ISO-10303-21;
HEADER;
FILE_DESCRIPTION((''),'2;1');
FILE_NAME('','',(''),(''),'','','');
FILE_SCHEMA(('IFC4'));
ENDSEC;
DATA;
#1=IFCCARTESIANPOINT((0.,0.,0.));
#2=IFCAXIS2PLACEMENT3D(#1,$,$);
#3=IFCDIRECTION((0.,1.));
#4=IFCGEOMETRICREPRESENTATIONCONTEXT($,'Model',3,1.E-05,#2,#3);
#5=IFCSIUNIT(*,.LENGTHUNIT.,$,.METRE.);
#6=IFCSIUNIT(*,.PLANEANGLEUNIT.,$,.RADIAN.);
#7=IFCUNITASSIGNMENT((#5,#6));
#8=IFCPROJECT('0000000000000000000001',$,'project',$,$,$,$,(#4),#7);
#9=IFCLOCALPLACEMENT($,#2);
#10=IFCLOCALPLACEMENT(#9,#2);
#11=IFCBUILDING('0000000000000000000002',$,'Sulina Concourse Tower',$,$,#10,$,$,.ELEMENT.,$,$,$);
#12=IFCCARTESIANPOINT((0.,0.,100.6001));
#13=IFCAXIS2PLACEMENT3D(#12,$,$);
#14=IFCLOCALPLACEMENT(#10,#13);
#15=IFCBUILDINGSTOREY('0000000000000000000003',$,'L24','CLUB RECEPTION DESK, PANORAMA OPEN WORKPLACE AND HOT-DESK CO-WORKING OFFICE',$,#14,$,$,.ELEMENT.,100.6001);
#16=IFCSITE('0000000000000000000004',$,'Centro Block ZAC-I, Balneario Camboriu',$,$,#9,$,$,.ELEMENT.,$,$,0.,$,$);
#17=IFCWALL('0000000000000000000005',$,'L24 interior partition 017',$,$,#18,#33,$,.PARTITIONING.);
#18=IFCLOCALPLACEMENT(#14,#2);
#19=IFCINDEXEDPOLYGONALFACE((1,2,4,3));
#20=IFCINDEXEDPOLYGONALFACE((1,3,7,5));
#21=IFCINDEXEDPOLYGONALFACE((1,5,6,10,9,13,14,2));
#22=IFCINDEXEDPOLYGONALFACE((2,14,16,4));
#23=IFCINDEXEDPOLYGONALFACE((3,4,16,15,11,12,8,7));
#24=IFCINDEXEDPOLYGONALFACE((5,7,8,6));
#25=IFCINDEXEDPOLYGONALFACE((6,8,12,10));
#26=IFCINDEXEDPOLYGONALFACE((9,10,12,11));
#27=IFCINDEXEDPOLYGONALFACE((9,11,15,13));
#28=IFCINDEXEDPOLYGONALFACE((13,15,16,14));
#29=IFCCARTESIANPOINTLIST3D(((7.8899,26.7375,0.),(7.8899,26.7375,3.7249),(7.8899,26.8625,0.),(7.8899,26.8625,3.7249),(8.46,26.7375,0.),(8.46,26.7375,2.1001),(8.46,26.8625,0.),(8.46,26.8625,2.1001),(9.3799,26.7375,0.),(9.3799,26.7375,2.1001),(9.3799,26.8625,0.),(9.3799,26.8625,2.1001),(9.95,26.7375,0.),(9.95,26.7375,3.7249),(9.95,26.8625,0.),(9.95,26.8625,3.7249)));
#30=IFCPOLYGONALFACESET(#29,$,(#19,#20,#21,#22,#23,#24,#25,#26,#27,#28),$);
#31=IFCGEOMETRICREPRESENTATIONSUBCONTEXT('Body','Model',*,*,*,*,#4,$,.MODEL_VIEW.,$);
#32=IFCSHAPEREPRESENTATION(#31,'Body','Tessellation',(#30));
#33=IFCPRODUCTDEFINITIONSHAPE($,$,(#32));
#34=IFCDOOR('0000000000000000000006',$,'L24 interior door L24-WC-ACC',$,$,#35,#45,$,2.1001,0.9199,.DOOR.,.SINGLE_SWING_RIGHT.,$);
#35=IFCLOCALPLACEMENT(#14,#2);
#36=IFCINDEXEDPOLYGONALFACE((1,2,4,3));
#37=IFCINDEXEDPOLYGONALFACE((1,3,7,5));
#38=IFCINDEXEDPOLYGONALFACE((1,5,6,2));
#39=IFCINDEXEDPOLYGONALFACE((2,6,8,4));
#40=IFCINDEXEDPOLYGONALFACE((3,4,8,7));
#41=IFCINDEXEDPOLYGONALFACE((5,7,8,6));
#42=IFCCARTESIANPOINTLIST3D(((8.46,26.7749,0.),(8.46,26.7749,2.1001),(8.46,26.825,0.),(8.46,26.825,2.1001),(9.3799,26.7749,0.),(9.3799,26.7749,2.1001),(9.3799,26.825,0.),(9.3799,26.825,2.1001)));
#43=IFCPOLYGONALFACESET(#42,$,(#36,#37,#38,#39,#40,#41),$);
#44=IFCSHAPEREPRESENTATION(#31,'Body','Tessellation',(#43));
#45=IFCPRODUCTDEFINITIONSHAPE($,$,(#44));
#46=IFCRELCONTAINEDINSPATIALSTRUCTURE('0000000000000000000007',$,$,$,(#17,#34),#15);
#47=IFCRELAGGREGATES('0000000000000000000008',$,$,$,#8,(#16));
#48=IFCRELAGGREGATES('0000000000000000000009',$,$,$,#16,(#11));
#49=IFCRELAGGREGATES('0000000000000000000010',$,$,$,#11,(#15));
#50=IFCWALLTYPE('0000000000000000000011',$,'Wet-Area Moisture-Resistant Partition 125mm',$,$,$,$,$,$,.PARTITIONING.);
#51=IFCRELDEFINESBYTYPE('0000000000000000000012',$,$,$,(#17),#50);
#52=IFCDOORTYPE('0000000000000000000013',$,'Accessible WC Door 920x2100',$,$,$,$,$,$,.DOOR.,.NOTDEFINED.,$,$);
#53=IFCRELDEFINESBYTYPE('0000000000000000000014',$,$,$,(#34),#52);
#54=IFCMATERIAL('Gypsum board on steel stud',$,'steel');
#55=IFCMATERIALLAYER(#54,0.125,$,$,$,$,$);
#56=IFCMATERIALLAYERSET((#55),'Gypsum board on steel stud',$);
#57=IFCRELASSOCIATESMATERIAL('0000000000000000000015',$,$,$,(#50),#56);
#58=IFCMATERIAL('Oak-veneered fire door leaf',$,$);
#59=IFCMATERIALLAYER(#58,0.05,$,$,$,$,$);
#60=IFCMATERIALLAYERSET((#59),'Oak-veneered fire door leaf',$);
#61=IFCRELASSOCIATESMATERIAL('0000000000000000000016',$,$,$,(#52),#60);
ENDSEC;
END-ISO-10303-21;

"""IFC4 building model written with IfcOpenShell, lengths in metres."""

from ifc_helpers import new_model, si_unit, direction, frame, frame_2d, origin, place, context, subcontext, project, spatial, rectangle, extrude, material, layer, layer_set, type_object, element, fill, save


model = new_model("IFC4")

# Units and contexts
model_context = context("Model", 3, precision=1e-05, world=origin(), true_north=direction((0.0, 1.0)))
body_context = subcontext(model_context, "Body", "Model", "MODEL_VIEW")
ifc_project = project(units=[si_unit("LENGTHUNIT", "METRE"), si_unit("PLANEANGLEUNIT", "RADIAN")], contexts=[model_context])

# Site, building, storey
site_placement = place(None, origin())
site = spatial("IfcSite", under=ifc_project, at=site_placement, Name="Centro Block ZAC-I, Balneario Camboriu", CompositionType="ELEMENT", RefElevation=0.0)
building_placement = place(site_placement, origin())
building = spatial("IfcBuilding", under=site, at=building_placement, Name="Sulina Concourse Tower", CompositionType="ELEMENT")
storey_placement = place(building_placement, frame((0.0, 0.0, 100.6001)))
storey = spatial("IfcBuildingStorey", under=building, at=storey_placement, Name="L24", Description="CLUB RECEPTION DESK, PANORAMA OPEN WORKPLACE AND HOT-DESK CO-WORKING OFFICE", CompositionType="ELEMENT", Elevation=100.6001)

# Wall, opening, door
ifc_material_1 = material(Name="Gypsum board on steel stud", Category="steel")
ifc_layer_1 = layer(ifc_material_1, 0.125)
ifc_layer_set_1 = layer_set([ifc_layer_1], Name="Gypsum board on steel stud")
wall_type_1 = type_object("IfcWallType", Name="Wet-Area Moisture-Resistant Partition 125mm", PredefinedType="PARTITIONING", material=ifc_layer_set_1)
wall_1_placement = place(storey_placement, frame((7.8899, 26.8, 0.0), z_axis=(0.0, 0.0, 1.0), x_axis=(1.0, 0.0, 0.0)))
wall_1 = element("IfcWall", 1, at=wall_1_placement, inside=storey, type_object=wall_type_1, Name="L24 interior partition 017", PredefinedType="PARTITIONING", context=body_context, shape_type="SweptSolid", body=[
    extrude(rectangle(XDim=2.0601, YDim=0.125, at=frame_2d((1.03, 0.0))), origin(), (0.0, 0.0, 1.0), 3.7249),
])
opening_1_placement = place(wall_1_placement, frame((0.5701, 0.0, 0.0)))
opening_1 = element("IfcOpeningElement", 2, at=opening_1_placement, cuts=wall_1, PredefinedType="OPENING", context=body_context, shape_type="SweptSolid", body=[
    extrude(rectangle(XDim=0.9199, YDim=2.1001, at=frame_2d((0.46, 1.05))), frame((0.0, 0.0725, 0.0), z_axis=(0.0, -1.0, 0.0), x_axis=(1.0, 0.0, 0.0)), (0.0, 0.0, 1.0), 0.145),
])
ifc_material_2 = material(Name="Oak-veneered fire door leaf")
ifc_layer_2 = layer(ifc_material_2, 0.05)
ifc_layer_set_2 = layer_set([ifc_layer_2], Name="Oak-veneered fire door leaf")
door_type_1 = type_object("IfcDoorType", Name="Accessible WC Door 920x2100", OperationType="NOTDEFINED", PredefinedType="DOOR", material=ifc_layer_set_2)
door_1_placement = place(opening_1_placement, origin())
door_1 = element("IfcDoor", 3, at=door_1_placement, inside=storey, type_object=door_type_1, Name="L24 interior door L24-WC-ACC", OperationType="SINGLE_SWING_RIGHT", OverallHeight=2.1001, OverallWidth=0.9199, PredefinedType="DOOR", context=body_context, shape_type="SweptSolid", body=[
    extrude(rectangle(XDim=0.9199, YDim=2.1001, at=frame_2d((0.46, 1.05))), frame((0.0, 0.0249, 0.0), z_axis=(0.0, -1.0, 0.0), x_axis=(1.0, 0.0, 0.0)), (0.0, 0.0, 1.0), 0.05),
])
fill(opening_1, door_1)

save(model, "model.ifc")
